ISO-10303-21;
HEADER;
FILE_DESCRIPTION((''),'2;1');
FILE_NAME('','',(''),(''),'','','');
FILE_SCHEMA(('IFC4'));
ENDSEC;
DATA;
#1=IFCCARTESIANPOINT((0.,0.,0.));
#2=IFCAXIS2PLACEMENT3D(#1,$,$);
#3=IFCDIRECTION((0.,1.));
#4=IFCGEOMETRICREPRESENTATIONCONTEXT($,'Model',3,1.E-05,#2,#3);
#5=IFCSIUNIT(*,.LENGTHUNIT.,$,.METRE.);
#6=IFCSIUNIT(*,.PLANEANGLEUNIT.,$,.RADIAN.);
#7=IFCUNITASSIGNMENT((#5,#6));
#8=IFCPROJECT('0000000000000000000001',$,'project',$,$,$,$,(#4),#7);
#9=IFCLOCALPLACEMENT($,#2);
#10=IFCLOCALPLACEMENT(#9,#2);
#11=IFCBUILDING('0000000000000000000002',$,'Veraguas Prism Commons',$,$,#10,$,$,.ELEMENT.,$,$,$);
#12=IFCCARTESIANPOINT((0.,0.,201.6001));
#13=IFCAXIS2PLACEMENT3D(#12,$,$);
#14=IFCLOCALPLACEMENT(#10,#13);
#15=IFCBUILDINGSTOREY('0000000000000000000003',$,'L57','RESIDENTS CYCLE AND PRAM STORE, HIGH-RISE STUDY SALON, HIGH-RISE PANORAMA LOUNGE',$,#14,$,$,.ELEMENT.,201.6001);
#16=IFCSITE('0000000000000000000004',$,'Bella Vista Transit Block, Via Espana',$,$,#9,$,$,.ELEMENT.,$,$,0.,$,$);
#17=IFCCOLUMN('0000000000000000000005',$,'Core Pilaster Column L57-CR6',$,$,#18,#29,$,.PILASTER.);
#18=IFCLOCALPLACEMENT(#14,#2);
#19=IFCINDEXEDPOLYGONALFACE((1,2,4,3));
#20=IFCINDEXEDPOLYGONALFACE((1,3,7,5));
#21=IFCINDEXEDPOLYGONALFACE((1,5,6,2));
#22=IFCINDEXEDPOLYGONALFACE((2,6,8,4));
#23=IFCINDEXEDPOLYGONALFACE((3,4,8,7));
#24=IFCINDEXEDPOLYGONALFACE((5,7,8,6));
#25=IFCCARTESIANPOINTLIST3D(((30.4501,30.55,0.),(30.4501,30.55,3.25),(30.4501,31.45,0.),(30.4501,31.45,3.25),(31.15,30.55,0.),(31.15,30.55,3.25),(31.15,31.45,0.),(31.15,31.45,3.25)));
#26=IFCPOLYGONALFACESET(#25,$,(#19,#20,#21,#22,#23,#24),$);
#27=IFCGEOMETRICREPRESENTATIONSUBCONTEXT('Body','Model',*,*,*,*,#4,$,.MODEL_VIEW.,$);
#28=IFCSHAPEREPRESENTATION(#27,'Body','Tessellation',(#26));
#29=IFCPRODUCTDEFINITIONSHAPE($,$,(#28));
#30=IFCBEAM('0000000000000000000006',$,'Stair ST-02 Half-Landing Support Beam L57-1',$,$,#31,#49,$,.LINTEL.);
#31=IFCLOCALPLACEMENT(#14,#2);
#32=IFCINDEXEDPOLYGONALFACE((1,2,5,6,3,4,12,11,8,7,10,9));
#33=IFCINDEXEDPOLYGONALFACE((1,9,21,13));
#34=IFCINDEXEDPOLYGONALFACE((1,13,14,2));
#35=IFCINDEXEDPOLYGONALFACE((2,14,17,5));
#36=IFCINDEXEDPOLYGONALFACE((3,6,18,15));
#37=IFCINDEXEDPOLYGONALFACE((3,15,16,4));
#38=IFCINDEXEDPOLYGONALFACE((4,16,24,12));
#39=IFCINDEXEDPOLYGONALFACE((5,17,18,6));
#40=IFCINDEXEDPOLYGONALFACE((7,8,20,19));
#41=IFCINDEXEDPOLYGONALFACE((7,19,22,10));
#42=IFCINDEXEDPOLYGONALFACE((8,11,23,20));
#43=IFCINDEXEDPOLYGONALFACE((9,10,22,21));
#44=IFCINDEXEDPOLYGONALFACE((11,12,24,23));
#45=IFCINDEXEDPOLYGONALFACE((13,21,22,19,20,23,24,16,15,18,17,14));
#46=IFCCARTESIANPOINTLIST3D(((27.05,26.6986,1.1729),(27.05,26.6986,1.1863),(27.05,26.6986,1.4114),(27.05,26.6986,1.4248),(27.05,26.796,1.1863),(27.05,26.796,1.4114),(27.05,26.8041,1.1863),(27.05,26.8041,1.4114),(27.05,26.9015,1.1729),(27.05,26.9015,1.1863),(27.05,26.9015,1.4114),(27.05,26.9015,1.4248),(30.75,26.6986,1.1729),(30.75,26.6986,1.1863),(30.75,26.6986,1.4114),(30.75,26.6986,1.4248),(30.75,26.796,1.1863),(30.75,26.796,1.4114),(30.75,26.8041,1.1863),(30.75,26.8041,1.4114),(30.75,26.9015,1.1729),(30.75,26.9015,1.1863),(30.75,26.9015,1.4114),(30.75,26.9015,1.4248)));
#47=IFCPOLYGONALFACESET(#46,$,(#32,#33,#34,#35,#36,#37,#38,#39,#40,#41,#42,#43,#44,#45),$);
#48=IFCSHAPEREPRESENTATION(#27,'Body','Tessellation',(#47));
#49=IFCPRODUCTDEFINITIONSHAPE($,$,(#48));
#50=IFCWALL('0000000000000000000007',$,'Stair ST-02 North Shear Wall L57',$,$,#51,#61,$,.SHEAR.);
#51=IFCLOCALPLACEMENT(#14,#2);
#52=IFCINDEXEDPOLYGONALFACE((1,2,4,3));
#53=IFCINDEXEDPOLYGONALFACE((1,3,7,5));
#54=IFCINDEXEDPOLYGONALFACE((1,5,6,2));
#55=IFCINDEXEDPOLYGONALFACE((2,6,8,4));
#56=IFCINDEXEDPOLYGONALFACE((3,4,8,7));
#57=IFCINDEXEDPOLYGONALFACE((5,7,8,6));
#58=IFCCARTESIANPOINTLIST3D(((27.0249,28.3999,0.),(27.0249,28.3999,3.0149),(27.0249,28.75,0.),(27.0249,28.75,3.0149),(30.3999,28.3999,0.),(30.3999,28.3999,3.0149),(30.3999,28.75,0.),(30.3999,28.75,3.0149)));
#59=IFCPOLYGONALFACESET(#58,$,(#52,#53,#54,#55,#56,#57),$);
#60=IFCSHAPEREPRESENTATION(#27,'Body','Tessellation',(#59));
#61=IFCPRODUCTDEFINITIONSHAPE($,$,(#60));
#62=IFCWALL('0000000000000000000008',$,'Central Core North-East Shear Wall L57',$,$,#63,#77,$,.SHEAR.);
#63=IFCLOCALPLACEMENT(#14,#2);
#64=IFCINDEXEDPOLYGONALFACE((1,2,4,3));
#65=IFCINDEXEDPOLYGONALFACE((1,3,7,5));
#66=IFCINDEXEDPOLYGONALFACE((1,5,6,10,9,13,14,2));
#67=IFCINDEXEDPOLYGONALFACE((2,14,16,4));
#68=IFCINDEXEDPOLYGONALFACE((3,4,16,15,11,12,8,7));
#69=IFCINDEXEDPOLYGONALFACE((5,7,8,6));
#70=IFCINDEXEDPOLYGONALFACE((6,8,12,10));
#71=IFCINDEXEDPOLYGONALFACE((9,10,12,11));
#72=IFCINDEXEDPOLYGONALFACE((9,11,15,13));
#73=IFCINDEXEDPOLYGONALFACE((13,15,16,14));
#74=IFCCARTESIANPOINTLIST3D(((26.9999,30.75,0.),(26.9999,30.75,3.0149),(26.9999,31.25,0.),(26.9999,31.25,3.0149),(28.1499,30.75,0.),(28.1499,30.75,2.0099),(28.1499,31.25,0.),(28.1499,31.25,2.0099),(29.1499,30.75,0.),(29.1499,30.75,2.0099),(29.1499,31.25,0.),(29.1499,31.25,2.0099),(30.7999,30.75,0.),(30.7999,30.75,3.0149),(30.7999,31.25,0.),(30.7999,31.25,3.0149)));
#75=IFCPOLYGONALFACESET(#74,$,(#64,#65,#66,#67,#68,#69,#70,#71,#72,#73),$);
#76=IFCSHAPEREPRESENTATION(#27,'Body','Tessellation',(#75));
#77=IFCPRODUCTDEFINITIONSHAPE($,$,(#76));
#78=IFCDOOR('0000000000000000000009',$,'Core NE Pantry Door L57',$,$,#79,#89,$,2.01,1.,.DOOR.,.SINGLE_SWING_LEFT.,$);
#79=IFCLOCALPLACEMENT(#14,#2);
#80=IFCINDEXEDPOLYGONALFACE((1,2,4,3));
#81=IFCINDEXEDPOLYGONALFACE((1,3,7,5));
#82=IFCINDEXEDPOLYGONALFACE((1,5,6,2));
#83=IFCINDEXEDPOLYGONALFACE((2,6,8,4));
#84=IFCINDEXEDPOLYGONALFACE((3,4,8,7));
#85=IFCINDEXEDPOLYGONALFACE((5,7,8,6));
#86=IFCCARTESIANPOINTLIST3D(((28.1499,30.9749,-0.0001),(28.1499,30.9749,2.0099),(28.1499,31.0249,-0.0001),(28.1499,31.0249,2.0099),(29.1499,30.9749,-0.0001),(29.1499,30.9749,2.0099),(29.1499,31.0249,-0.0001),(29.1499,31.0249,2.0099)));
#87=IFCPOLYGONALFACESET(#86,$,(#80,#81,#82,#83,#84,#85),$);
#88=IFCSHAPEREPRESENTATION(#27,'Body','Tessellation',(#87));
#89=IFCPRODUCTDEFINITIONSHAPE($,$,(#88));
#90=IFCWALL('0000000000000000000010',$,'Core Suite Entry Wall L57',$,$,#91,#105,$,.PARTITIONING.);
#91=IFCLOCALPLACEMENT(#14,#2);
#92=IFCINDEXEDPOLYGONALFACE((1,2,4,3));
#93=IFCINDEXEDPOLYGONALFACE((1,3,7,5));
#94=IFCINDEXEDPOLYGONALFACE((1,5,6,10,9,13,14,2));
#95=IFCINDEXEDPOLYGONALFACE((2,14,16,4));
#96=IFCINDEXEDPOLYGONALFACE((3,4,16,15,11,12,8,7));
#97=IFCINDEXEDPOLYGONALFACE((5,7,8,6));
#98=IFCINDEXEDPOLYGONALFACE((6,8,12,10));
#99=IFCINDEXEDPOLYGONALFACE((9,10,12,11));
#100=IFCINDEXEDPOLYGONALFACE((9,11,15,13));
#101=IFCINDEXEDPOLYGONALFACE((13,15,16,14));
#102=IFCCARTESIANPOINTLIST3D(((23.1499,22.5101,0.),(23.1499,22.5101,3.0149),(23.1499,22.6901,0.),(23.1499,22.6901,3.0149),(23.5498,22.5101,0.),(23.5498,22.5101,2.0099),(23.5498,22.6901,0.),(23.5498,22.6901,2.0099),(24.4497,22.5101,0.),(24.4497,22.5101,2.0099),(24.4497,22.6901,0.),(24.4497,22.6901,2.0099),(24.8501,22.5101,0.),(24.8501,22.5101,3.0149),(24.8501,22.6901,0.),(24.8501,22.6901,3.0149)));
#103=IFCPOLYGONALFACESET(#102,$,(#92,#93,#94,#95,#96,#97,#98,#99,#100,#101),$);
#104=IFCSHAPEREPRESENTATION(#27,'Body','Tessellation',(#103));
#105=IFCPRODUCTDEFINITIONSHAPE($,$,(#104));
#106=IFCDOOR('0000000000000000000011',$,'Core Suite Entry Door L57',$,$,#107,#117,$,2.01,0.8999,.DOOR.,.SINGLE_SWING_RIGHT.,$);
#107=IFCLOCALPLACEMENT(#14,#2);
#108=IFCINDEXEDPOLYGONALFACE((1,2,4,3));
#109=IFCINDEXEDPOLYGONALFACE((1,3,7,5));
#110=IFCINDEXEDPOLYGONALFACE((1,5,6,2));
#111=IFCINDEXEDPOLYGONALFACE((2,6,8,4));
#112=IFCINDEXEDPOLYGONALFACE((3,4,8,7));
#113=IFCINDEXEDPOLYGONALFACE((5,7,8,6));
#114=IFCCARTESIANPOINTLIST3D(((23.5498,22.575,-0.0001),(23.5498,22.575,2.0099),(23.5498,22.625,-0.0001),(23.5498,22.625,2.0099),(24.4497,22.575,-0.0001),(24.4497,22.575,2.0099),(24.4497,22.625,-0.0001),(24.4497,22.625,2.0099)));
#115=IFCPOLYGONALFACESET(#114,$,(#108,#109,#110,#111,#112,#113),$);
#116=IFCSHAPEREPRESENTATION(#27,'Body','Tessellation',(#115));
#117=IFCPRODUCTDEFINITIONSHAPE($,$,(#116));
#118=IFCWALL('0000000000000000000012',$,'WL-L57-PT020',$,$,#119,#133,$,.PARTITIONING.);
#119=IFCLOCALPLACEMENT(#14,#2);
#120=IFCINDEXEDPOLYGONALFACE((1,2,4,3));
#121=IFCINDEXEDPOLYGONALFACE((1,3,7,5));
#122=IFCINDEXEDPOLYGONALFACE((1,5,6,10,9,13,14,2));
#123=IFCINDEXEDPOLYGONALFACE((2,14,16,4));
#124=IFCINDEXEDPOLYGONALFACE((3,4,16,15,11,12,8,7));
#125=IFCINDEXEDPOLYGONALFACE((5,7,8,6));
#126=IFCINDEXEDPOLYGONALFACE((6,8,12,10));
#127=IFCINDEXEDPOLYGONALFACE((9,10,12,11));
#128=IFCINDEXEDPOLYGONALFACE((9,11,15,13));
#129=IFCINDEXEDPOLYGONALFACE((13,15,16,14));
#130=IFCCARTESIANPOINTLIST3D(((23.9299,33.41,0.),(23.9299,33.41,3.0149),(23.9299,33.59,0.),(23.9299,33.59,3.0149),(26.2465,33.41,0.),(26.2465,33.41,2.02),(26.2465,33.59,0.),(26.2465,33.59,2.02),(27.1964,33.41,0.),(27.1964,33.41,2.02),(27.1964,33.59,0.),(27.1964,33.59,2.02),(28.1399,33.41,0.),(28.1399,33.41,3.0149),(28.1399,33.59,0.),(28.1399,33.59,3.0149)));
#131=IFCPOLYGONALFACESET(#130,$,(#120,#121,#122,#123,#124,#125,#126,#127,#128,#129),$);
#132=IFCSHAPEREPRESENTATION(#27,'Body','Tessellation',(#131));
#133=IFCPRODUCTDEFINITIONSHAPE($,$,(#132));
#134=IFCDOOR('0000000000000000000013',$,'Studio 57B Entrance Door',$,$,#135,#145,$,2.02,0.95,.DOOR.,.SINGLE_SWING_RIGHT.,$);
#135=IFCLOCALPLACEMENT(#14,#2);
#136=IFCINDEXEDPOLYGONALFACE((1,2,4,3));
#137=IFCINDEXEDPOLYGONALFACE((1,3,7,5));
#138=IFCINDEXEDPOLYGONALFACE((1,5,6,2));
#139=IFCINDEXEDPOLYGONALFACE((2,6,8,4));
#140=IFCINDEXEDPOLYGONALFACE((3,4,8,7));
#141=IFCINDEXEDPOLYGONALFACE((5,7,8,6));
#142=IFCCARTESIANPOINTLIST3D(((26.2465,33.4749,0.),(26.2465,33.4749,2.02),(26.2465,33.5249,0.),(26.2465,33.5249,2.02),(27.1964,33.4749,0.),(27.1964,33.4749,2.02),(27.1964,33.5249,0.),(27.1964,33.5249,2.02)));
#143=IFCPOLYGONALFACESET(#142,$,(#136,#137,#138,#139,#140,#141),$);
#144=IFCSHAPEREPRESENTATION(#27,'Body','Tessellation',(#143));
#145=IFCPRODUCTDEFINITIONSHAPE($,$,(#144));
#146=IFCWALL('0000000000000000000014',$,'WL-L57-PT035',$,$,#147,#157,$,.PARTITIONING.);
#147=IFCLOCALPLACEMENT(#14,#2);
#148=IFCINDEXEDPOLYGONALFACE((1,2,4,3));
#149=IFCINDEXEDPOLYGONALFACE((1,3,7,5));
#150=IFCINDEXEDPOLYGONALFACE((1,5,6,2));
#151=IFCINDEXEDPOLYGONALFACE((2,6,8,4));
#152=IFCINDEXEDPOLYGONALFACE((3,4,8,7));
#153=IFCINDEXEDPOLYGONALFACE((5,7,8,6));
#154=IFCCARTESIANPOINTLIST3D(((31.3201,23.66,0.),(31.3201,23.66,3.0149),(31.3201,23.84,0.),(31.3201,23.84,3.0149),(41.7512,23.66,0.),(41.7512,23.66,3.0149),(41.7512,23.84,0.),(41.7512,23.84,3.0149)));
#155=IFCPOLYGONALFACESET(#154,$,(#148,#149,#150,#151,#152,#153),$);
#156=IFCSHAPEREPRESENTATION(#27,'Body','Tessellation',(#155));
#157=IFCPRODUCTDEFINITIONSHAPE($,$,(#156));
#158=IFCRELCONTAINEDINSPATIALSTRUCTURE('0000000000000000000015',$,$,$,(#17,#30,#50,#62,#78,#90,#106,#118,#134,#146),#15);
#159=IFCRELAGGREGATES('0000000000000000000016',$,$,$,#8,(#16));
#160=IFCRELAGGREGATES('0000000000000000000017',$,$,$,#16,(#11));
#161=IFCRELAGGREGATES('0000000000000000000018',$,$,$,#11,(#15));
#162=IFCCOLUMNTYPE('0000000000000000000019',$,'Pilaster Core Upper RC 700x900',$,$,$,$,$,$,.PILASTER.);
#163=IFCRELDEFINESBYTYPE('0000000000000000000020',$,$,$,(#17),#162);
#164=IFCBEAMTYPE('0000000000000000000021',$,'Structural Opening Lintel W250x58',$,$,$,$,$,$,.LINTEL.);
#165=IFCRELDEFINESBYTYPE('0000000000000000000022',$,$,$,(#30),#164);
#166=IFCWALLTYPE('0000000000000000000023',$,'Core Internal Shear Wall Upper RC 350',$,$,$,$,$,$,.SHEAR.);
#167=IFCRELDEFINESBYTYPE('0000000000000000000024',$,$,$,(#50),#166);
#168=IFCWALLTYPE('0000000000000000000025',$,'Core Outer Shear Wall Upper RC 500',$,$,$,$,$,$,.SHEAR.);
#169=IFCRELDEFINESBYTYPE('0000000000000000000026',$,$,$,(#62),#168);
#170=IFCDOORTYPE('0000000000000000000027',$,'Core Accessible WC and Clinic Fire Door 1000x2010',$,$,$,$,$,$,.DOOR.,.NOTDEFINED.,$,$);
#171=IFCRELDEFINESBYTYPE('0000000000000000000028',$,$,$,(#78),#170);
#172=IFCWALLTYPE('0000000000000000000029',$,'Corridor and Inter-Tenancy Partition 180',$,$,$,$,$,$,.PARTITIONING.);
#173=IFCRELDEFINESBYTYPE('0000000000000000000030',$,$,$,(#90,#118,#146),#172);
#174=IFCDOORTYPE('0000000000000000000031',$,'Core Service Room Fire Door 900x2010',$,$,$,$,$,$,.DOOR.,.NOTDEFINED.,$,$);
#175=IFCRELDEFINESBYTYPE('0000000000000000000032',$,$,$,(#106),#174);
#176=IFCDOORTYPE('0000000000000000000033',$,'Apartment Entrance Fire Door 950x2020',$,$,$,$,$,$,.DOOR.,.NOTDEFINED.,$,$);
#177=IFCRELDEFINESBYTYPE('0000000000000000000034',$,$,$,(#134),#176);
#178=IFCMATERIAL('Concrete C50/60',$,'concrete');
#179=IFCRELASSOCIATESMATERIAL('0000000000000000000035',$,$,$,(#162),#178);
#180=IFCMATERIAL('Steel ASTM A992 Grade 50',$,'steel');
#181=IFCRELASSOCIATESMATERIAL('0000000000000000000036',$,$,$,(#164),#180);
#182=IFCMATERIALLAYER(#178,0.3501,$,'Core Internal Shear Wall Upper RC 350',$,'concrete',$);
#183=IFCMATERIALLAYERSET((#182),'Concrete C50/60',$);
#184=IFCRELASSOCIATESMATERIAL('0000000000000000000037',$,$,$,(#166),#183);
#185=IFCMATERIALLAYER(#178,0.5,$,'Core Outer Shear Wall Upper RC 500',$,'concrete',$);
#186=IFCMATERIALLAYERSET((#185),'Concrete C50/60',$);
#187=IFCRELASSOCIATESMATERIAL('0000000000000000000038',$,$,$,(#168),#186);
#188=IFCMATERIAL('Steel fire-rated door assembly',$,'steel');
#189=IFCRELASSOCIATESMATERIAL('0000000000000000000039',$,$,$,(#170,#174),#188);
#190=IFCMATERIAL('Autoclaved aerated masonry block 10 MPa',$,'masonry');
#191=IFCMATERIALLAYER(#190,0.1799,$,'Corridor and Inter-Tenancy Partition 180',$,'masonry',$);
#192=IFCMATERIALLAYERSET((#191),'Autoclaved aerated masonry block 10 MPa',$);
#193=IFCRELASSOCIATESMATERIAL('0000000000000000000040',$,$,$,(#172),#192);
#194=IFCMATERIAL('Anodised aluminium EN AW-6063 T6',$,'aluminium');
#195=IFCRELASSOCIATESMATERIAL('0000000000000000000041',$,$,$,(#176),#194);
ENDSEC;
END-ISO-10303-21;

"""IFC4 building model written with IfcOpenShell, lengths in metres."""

from ifc_helpers import new_model, si_unit, direction, frame, frame_2d, origin, origin_2d, place, context, subcontext, project, spatial, rectangle, i_section, extrude, source, transform, mapped, material, layer, layer_set, material_profile, profile_set, type_object, element, fill, save


model = new_model("IFC4")

# Units and contexts
model_context = context("Model", 3, precision=1e-05, world=origin(), true_north=direction((0.0, 1.0)))
body_context = subcontext(model_context, "Body", "Model", "MODEL_VIEW")
ifc_project = project(units=[si_unit("LENGTHUNIT", "METRE"), si_unit("PLANEANGLEUNIT", "RADIAN")], contexts=[model_context])

# Site, building, storey
site_placement = place(None, origin())
site = spatial("IfcSite", under=ifc_project, at=site_placement, Name="Bella Vista Transit Block, Via Espana", CompositionType="ELEMENT", RefElevation=0.0)
building_placement = place(site_placement, origin())
building = spatial("IfcBuilding", under=site, at=building_placement, Name="Veraguas Prism Commons", CompositionType="ELEMENT")
storey_placement = place(building_placement, frame((0.0, 0.0, 201.6001)))
storey = spatial("IfcBuildingStorey", under=building, at=storey_placement, Name="L57", Description="RESIDENTS CYCLE AND PRAM STORE, HIGH-RISE STUDY SALON, HIGH-RISE PANORAMA LOUNGE", CompositionType="ELEMENT", Elevation=201.6001)

# Column
ifc_material_1 = material(Name="Concrete C50/60", Category="concrete")
ifc_material_profile_1 = material_profile(ifc_material_1, rectangle(XDim=0.7, YDim=0.8999, at=origin_2d()), Name="RC700X900")
ifc_profile_set_1 = profile_set([ifc_material_profile_1], Name="Concrete C50/60")
column_type = type_object("IfcColumnType", Name="Pilaster Core Upper RC 700x900", PredefinedType="PILASTER", material=ifc_profile_set_1)
column_placement = place(storey_placement, frame((30.8, 31.0, 0.0), z_axis=(0.0, 0.0, 1.0), x_axis=(1.0, 0.0, 0.0)))
element("IfcColumn", 1, at=column_placement, inside=storey, type_object=column_type, Name="Core Pilaster Column L57-CR6", PredefinedType="PILASTER", context=body_context, shape_type="SweptSolid", body=[
    extrude(rectangle(XDim=0.7, YDim=0.8999, at=origin_2d()), origin(), (0.0, 0.0, 1.0), 3.25),
])

# Beam
ifc_material_2 = material(Name="Steel ASTM A992 Grade 50", Category="steel")
ifc_material_profile_2 = material_profile(ifc_material_2, i_section(OverallWidth=0.2029, OverallDepth=0.252, WebThickness=0.0081, FlangeThickness=0.0134, at=origin_2d()), Name="W250X58")
ifc_profile_set_2 = profile_set([ifc_material_profile_2], Name="Steel ASTM A992 Grade 50")
beam_type = type_object("IfcBeamType", Name="Structural Opening Lintel W250x58", PredefinedType="LINTEL", material=ifc_profile_set_2)
beam_placement = place(storey_placement, frame((27.05, 26.8, 1.2988), z_axis=(1.0, 0.0, 0.0), x_axis=(0.0, 1.0, 0.0)))
element("IfcBeam", 2, at=beam_placement, inside=storey, type_object=beam_type, Name="Stair ST-02 Half-Landing Support Beam L57-1", PredefinedType="LINTEL", context=body_context, shape_type="SweptSolid", body=[
    extrude(i_section(OverallWidth=0.2029, OverallDepth=0.252, WebThickness=0.0081, FlangeThickness=0.0134, at=origin_2d()), origin(), (0.0, 0.0, 1.0), 3.7),
])

# Wall
ifc_layer_1 = layer(ifc_material_1, 0.3501, Name="Core Internal Shear Wall Upper RC 350", Category="concrete")
ifc_layer_set_1 = layer_set([ifc_layer_1], Name="Concrete C50/60")
wall_type_1 = type_object("IfcWallType", Name="Core Internal Shear Wall Upper RC 350", PredefinedType="SHEAR", material=ifc_layer_set_1)
wall_1_placement = place(storey_placement, frame((27.0249, 28.575, 0.0), z_axis=(0.0, 0.0, 1.0), x_axis=(1.0, 0.0, 0.0)))
element("IfcWall", 3, at=wall_1_placement, inside=storey, type_object=wall_type_1, Name="Stair ST-02 North Shear Wall L57", PredefinedType="SHEAR", context=body_context, shape_type="SweptSolid", body=[
    extrude(rectangle(XDim=3.375, YDim=0.3501, at=frame_2d((1.6875, 0.0))), origin(), (0.0, 0.0, 1.0), 3.0149),
])

# Walls, openings, doors
ifc_layer_2 = layer(ifc_material_1, 0.5, Name="Core Outer Shear Wall Upper RC 500", Category="concrete")
ifc_layer_set_2 = layer_set([ifc_layer_2], Name="Concrete C50/60")
wall_type_2 = type_object("IfcWallType", Name="Core Outer Shear Wall Upper RC 500", PredefinedType="SHEAR", material=ifc_layer_set_2)
wall_2_placement = place(storey_placement, frame((27.0, 31.0, 0.0), z_axis=(0.0, 0.0, 1.0), x_axis=(1.0, 0.0, 0.0)))
wall_2 = element("IfcWall", 4, at=wall_2_placement, inside=storey, type_object=wall_type_2, Name="Central Core North-East Shear Wall L57", PredefinedType="SHEAR", context=body_context, shape_type="SweptSolid", body=[
    extrude(rectangle(XDim=3.8, YDim=0.5, at=frame_2d((1.8999, 0.0))), origin(), (0.0, 0.0, 1.0), 3.0149),
])
opening_1_placement = place(wall_2_placement, frame((1.1499, 0.0, 0.0)))
opening_1 = element("IfcOpeningElement", 5, at=opening_1_placement, cuts=wall_2, PredefinedType="OPENING", context=body_context, shape_type="SweptSolid", body=[
    extrude(rectangle(XDim=1.0, YDim=2.01, at=frame_2d((0.5, 1.0049))), frame((0.0, 0.26, 0.0), z_axis=(0.0, -1.0, 0.0), x_axis=(1.0, 0.0, 0.0)), (0.0, 0.0, 1.0), 0.52),
])
ifc_material_3 = material(Name="Steel fire-rated door assembly", Category="steel")
door_type_1 = type_object("IfcDoorType", Name="Core Accessible WC and Clinic Fire Door 1000x2010", OperationType="NOTDEFINED", PredefinedType="DOOR", material=ifc_material_3)
shared_shape_1 = source(origin(), body_context, "Body", "SweptSolid", [
    extrude(rectangle(XDim=1.0, YDim=2.01, at=frame_2d((0.5, 1.0049))), frame((0.0, 0.0249, 0.0), z_axis=(0.0, -1.0, 0.0), x_axis=(1.0, 0.0, 0.0)), (0.0, 0.0, 1.0), 0.05),
])
door_1_placement = place(opening_1_placement, origin())
door_1 = element("IfcDoor", 6, at=door_1_placement, inside=storey, type_object=door_type_1, Name="Core NE Pantry Door L57", OperationType="SINGLE_SWING_LEFT", OverallHeight=2.01, OverallWidth=1.0, PredefinedType="DOOR", context=body_context, shape_type="MappedRepresentation", body=[
    mapped(shared_shape_1, transform((0.0, 0.0, 0.0), scale=1.0)),
])
fill(opening_1, door_1)
ifc_material_4 = material(Name="Autoclaved aerated masonry block 10 MPa", Category="masonry")
ifc_layer_3 = layer(ifc_material_4, 0.1799, Name="Corridor and Inter-Tenancy Partition 180", Category="masonry")
ifc_layer_set_3 = layer_set([ifc_layer_3], Name="Autoclaved aerated masonry block 10 MPa")
wall_type_3 = type_object("IfcWallType", Name="Corridor and Inter-Tenancy Partition 180", PredefinedType="PARTITIONING", material=ifc_layer_set_3)
wall_3_placement = place(storey_placement, frame((23.1499, 22.6001, 0.0), z_axis=(0.0, 0.0, 1.0), x_axis=(1.0, 0.0, 0.0)))
wall_3 = element("IfcWall", 7, at=wall_3_placement, inside=storey, type_object=wall_type_3, Name="Core Suite Entry Wall L57", PredefinedType="PARTITIONING", context=body_context, shape_type="SweptSolid", body=[
    extrude(rectangle(XDim=1.7002, YDim=0.1799, at=frame_2d((0.8501, 0.0))), origin(), (0.0, 0.0, 1.0), 3.0149),
])
opening_2_placement = place(wall_3_placement, frame((0.3999, 0.0, 0.0)))
opening_2 = element("IfcOpeningElement", 8, at=opening_2_placement, cuts=wall_3, PredefinedType="OPENING", context=body_context, shape_type="SweptSolid", body=[
    extrude(rectangle(XDim=0.8999, YDim=2.01, at=frame_2d((0.45, 1.0049))), frame((0.0, 0.0999, 0.0), z_axis=(0.0, -1.0, 0.0), x_axis=(1.0, 0.0, 0.0)), (0.0, 0.0, 1.0), 0.2),
])
door_type_2 = type_object("IfcDoorType", Name="Core Service Room Fire Door 900x2010", OperationType="NOTDEFINED", PredefinedType="DOOR", material=ifc_material_3)
shared_shape_2 = source(origin(), body_context, "Body", "SweptSolid", [
    extrude(rectangle(XDim=0.8999, YDim=2.01, at=frame_2d((0.45, 1.0049))), frame((0.0, 0.0249, 0.0), z_axis=(0.0, -1.0, 0.0), x_axis=(1.0, 0.0, 0.0)), (0.0, 0.0, 1.0), 0.05),
])
door_2_placement = place(opening_2_placement, origin())
door_2 = element("IfcDoor", 9, at=door_2_placement, inside=storey, type_object=door_type_2, Name="Core Suite Entry Door L57", OperationType="SINGLE_SWING_RIGHT", OverallHeight=2.01, OverallWidth=0.8999, PredefinedType="DOOR", context=body_context, shape_type="MappedRepresentation", body=[
    mapped(shared_shape_2, transform((0.0, 0.0, 0.0), scale=1.0)),
])
fill(opening_2, door_2)
wall_4_placement = place(storey_placement, frame((23.9299, 33.5, 0.0), z_axis=(0.0, 0.0, 1.0), x_axis=(1.0, 0.0, 0.0)))
wall_4 = element("IfcWall", 10, at=wall_4_placement, inside=storey, type_object=wall_type_3, Name="WL-L57-PT020", PredefinedType="PARTITIONING", context=body_context, shape_type="SweptSolid", body=[
    extrude(rectangle(XDim=4.21, YDim=0.1799, at=frame_2d((2.105, 0.0))), origin(), (0.0, 0.0, 1.0), 3.0149),
])
opening_3_placement = place(wall_4_placement, frame((2.3164, 0.0, 0.0)))
opening_3 = element("IfcOpeningElement", 11, at=opening_3_placement, cuts=wall_4, PredefinedType="OPENING", context=body_context, shape_type="SweptSolid", body=[
    extrude(rectangle(XDim=0.95, YDim=2.02, at=frame_2d((0.4751, 1.01))), frame((0.0, 0.0999, 0.0), z_axis=(0.0, -1.0, 0.0), x_axis=(1.0, 0.0, 0.0)), (0.0, 0.0, 1.0), 0.2),
])
ifc_material_5 = material(Name="Anodised aluminium EN AW-6063 T6", Category="aluminium")
door_type_3 = type_object("IfcDoorType", Name="Apartment Entrance Fire Door 950x2020", OperationType="NOTDEFINED", PredefinedType="DOOR", material=ifc_material_5)
shared_shape_3 = source(origin(), body_context, "Body", "SweptSolid", [
    extrude(rectangle(XDim=0.95, YDim=2.02, at=frame_2d((0.4751, 1.01))), frame((0.0, 0.0249, 0.0), z_axis=(0.0, -1.0, 0.0), x_axis=(1.0, 0.0, 0.0)), (0.0, 0.0, 1.0), 0.05),
])
door_3_placement = place(opening_3_placement, origin())
door_3 = element("IfcDoor", 12, at=door_3_placement, inside=storey, type_object=door_type_3, Name="Studio 57B Entrance Door", OperationType="SINGLE_SWING_RIGHT", OverallHeight=2.02, OverallWidth=0.95, PredefinedType="DOOR", context=body_context, shape_type="MappedRepresentation", body=[
    mapped(shared_shape_3, transform((0.0, 0.0, 0.0), scale=1.0)),
])
fill(opening_3, door_3)

# Wall
wall_5_placement = place(storey_placement, frame((31.3201, 23.75, 0.0), z_axis=(0.0, 0.0, 1.0), x_axis=(1.0, 0.0, 0.0)))
element("IfcWall", 13, at=wall_5_placement, inside=storey, type_object=wall_type_3, Name="WL-L57-PT035", PredefinedType="PARTITIONING", context=body_context, shape_type="SweptSolid", body=[
    extrude(rectangle(XDim=10.4312, YDim=0.1799, at=frame_2d((5.2156, 0.0))), origin(), (0.0, 0.0, 1.0), 3.0149),
])

save(model, "model.ifc")
